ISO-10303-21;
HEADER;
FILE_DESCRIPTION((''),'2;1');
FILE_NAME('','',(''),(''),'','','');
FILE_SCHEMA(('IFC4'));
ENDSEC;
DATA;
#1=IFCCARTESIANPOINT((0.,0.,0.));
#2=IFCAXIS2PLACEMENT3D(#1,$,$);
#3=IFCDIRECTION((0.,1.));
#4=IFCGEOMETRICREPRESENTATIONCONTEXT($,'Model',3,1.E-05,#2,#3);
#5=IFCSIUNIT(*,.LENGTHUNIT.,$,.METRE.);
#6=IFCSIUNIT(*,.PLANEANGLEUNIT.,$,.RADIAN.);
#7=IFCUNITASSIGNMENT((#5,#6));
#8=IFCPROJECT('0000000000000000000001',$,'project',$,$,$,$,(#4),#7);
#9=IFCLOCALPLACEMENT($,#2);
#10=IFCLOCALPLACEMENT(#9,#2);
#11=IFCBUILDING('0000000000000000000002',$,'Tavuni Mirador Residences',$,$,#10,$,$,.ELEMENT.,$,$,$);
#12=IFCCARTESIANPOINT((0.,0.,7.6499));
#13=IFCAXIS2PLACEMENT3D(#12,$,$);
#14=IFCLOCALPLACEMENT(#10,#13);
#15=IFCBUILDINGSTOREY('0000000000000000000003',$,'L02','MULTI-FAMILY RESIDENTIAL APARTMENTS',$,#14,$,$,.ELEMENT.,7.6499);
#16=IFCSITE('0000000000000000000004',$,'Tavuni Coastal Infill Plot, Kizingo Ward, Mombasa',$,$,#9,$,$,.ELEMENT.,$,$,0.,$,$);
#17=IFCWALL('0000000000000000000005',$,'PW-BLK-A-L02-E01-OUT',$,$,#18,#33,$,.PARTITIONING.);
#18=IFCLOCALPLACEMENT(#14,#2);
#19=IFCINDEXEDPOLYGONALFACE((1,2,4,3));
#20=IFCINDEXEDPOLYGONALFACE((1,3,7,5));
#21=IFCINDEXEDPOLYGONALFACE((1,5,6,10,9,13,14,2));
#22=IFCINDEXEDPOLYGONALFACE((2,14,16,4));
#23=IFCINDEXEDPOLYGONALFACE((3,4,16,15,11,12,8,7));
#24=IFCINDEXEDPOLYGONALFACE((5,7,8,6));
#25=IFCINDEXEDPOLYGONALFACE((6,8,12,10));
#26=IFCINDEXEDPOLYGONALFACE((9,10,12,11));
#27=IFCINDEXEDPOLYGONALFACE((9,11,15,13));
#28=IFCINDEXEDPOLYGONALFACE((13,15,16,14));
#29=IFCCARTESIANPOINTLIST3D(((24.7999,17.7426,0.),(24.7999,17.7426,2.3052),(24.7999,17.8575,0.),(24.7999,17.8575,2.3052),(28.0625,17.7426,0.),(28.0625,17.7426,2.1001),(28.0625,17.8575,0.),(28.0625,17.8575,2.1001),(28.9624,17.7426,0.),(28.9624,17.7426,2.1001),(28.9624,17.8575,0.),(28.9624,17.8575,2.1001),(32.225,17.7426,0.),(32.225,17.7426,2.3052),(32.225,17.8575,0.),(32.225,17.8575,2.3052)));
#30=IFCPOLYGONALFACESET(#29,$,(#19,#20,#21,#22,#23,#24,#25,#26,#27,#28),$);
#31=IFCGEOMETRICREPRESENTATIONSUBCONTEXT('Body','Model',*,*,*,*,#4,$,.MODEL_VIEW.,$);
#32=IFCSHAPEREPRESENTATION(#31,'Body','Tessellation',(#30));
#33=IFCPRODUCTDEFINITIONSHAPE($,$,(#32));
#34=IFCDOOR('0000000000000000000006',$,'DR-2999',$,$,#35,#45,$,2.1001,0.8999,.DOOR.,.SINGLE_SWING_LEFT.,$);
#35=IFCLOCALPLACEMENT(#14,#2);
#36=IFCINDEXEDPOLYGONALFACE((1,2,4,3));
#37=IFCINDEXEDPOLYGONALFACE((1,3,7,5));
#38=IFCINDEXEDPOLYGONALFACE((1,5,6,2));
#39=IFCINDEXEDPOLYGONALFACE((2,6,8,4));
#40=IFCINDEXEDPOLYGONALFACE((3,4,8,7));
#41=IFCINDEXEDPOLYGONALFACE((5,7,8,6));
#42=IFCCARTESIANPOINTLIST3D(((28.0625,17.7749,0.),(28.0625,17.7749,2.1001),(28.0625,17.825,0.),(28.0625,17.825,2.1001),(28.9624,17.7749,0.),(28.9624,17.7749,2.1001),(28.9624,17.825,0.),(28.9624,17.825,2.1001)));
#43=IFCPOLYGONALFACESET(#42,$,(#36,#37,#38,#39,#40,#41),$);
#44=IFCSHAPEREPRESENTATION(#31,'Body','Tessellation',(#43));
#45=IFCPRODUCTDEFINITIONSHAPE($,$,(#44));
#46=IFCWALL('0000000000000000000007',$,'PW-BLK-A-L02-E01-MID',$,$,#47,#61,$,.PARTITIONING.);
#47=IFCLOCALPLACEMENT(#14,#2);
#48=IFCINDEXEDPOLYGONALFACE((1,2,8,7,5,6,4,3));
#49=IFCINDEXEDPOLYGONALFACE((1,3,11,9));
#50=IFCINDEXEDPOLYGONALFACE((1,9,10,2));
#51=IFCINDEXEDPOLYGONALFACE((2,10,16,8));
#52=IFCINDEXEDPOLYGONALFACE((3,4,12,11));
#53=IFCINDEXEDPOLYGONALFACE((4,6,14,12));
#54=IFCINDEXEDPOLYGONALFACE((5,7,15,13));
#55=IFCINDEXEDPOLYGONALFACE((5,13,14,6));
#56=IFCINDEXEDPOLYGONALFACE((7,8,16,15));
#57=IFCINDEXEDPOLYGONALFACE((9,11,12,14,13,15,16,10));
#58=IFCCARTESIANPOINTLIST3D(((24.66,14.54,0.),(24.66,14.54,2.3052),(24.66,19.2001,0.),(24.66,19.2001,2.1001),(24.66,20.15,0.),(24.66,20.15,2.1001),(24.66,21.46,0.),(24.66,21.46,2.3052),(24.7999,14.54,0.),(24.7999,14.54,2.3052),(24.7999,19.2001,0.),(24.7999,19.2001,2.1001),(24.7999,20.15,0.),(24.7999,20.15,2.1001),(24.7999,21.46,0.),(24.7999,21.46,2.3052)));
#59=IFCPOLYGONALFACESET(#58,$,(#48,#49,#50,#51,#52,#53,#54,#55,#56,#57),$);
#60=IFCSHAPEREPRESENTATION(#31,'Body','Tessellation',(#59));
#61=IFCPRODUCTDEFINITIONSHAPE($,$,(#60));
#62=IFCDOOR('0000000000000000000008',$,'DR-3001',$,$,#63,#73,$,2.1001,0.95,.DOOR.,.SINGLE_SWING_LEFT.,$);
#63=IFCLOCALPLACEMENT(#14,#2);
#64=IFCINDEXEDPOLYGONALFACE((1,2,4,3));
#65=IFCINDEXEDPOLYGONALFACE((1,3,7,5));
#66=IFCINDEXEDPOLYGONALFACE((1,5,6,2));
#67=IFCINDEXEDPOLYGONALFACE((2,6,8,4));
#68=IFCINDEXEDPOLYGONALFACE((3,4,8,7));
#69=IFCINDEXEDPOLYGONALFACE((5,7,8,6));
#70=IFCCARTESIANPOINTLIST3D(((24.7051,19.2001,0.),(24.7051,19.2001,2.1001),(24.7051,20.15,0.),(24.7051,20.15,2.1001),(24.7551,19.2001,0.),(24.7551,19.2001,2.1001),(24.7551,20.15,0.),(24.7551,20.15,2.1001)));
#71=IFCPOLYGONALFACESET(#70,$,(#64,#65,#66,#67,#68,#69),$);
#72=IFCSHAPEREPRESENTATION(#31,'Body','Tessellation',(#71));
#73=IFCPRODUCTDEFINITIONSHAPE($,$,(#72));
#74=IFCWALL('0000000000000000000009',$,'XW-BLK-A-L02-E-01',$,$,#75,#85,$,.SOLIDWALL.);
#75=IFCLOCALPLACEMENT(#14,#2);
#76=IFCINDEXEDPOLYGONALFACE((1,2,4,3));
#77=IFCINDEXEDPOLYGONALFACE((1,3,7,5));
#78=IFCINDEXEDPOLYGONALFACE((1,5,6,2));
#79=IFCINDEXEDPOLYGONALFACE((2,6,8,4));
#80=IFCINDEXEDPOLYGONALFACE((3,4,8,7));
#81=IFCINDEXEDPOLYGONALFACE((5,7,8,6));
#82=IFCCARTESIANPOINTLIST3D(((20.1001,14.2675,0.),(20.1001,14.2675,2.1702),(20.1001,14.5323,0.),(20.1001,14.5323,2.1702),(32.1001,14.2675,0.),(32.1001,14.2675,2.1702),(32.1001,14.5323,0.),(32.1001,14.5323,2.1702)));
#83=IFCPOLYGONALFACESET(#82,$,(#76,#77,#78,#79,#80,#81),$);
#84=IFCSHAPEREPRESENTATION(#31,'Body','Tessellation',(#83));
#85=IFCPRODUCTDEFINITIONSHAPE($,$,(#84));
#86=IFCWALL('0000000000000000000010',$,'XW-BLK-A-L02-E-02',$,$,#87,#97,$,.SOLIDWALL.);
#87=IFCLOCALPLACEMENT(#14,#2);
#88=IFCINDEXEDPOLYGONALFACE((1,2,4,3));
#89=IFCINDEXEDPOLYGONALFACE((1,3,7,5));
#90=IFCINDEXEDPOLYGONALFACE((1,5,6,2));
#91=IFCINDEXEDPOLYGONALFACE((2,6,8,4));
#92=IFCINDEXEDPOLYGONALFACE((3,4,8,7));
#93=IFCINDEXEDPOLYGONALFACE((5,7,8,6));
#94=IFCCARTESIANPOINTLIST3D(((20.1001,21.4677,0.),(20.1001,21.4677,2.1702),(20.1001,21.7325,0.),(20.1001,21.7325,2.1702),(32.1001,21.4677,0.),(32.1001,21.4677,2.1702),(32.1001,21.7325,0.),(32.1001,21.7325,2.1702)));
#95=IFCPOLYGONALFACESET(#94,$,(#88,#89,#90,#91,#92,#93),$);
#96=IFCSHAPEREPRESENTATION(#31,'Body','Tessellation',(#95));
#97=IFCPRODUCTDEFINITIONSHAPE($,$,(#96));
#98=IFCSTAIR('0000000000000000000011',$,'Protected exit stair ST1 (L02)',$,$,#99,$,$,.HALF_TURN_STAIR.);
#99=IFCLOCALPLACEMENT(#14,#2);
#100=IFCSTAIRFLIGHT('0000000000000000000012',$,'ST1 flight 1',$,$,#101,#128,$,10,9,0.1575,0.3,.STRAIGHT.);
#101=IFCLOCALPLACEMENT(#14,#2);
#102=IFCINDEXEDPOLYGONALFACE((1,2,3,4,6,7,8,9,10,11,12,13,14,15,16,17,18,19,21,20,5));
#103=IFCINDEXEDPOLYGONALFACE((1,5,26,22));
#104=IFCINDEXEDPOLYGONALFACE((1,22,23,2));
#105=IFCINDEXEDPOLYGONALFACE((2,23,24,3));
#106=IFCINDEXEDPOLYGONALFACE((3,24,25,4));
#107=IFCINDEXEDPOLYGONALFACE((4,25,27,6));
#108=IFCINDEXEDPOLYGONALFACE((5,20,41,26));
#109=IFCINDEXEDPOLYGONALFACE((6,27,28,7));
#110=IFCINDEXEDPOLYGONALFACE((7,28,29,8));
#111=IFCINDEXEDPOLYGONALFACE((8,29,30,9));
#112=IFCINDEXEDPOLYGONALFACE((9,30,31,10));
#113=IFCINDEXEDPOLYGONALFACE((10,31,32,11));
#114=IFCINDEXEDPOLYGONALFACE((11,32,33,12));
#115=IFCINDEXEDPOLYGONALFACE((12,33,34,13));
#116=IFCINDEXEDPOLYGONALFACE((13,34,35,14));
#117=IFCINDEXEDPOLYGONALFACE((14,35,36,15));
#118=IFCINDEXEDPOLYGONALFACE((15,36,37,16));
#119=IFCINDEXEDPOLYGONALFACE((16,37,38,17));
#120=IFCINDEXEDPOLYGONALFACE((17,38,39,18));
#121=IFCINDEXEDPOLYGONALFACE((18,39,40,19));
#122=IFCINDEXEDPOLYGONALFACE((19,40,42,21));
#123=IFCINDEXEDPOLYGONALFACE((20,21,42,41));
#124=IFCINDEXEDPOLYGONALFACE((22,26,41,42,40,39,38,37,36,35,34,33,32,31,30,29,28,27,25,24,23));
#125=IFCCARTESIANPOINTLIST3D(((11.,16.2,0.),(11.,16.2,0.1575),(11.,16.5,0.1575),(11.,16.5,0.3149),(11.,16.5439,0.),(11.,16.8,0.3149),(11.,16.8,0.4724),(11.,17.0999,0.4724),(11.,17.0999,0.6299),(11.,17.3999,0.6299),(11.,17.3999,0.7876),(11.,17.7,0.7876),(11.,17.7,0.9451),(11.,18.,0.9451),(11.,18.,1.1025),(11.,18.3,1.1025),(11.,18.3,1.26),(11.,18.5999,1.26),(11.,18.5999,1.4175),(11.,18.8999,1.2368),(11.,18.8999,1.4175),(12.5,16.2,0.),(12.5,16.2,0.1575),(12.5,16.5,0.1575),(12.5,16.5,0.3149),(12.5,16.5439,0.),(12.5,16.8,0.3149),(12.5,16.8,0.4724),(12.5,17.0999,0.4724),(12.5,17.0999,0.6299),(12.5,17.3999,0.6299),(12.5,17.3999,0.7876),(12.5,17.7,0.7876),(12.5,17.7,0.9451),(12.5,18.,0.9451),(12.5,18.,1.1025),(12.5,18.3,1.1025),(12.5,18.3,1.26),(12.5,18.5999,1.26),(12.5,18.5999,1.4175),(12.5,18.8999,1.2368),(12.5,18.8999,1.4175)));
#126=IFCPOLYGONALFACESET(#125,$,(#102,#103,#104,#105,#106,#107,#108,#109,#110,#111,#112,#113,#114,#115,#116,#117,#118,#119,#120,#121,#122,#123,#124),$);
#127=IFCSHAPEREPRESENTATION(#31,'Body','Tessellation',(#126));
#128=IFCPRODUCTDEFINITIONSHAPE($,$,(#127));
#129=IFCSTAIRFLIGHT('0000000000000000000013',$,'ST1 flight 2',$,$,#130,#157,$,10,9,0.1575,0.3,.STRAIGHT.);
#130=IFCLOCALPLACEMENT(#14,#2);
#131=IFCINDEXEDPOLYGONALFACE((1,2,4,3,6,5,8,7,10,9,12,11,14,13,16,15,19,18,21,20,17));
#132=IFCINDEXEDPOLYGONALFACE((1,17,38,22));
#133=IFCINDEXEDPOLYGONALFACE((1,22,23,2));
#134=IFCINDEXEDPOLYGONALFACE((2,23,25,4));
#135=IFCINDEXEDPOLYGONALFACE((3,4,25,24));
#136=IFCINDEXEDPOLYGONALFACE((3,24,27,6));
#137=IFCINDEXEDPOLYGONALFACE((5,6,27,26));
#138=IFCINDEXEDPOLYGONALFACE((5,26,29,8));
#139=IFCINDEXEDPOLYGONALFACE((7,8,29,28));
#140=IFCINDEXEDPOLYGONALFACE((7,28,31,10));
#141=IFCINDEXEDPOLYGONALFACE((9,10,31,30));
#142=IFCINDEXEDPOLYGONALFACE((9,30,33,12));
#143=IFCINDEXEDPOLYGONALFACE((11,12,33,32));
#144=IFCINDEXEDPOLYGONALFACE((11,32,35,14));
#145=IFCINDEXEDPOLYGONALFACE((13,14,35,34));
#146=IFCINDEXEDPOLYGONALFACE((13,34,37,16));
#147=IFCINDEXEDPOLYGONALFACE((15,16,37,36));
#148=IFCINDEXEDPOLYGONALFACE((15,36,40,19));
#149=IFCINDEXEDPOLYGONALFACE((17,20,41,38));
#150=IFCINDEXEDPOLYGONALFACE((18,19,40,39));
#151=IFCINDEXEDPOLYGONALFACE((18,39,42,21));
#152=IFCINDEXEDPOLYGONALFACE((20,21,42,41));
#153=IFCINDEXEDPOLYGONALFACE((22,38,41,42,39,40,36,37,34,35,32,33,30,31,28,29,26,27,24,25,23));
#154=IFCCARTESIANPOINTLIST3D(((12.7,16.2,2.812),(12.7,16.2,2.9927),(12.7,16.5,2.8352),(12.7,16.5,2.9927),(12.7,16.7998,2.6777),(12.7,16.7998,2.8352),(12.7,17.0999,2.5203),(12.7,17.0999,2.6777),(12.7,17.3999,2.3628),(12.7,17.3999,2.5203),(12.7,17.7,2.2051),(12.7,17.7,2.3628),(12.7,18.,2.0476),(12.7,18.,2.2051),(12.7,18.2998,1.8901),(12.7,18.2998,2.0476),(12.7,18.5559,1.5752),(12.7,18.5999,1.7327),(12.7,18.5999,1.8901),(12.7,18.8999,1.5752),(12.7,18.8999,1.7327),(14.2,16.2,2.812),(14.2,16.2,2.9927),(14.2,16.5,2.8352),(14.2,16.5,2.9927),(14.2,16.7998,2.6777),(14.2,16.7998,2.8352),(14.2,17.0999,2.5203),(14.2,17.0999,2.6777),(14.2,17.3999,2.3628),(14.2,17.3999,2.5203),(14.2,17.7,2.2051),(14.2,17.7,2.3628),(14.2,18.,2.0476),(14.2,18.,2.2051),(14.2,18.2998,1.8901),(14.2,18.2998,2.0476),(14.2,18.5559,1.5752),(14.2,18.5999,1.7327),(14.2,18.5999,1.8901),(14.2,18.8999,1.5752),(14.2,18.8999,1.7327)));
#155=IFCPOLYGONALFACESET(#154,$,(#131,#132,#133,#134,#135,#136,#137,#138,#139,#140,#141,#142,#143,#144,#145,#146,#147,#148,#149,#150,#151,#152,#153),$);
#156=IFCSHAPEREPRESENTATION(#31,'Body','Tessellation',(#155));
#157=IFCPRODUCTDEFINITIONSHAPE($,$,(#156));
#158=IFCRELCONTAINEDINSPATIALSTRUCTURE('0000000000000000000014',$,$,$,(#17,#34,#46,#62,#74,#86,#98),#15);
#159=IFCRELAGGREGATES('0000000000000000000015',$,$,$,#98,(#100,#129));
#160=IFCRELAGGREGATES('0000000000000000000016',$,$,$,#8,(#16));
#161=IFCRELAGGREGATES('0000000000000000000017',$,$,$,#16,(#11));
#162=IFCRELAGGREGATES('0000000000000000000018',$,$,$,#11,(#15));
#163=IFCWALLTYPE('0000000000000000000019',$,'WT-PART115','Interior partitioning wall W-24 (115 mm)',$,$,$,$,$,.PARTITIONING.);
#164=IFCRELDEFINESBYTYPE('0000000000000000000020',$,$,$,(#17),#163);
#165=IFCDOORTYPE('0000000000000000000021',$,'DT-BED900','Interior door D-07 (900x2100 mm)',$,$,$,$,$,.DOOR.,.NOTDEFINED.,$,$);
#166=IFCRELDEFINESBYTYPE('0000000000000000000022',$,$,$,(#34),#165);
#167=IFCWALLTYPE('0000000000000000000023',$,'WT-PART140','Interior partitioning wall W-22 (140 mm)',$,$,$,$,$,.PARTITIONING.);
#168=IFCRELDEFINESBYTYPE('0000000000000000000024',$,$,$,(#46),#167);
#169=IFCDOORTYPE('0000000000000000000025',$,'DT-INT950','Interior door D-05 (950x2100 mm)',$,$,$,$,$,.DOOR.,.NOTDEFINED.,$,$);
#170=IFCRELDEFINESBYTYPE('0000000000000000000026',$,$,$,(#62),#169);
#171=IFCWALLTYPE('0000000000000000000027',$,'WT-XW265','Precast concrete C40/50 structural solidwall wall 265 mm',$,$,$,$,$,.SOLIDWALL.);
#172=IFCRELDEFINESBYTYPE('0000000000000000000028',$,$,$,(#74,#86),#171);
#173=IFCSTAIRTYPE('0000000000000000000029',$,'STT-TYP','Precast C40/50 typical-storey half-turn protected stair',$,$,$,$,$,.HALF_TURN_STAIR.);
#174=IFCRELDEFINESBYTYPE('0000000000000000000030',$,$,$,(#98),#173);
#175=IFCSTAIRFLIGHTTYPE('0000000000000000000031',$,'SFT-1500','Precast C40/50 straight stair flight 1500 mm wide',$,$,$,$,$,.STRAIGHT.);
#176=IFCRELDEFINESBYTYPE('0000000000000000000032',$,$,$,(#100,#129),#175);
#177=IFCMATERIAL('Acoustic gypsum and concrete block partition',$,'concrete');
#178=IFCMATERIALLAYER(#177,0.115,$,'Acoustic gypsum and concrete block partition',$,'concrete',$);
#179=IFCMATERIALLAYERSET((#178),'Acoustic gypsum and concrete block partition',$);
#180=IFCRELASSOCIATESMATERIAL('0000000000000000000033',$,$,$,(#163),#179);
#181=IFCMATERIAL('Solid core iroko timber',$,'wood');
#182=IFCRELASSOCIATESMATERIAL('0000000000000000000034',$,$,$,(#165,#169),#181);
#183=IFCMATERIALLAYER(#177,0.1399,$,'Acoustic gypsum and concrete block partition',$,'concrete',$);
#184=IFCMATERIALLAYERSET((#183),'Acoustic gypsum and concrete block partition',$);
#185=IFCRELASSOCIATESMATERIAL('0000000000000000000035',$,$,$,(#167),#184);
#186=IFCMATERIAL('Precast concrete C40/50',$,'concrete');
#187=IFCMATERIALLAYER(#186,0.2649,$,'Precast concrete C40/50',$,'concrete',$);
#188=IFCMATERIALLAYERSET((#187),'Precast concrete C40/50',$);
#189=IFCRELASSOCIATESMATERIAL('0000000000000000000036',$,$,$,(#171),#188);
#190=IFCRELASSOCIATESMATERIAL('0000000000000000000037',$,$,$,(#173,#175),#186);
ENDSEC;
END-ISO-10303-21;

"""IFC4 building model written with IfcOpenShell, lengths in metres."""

from ifc_helpers import new_model, si_unit, direction, frame, frame_2d, origin, place, context, subcontext, project, spatial, polyline, rectangle, outline, extrude, material, layer, layer_set, type_object, element, fill, aggregate, save


model = new_model("IFC4")

# Units and contexts
model_context = context("Model", 3, precision=1e-05, world=origin(), true_north=direction((0.0, 1.0)))
body_context = subcontext(model_context, "Body", "Model", "MODEL_VIEW")
ifc_project = project(units=[si_unit("LENGTHUNIT", "METRE"), si_unit("PLANEANGLEUNIT", "RADIAN")], contexts=[model_context])

# Site, building, storey
site_placement = place(None, origin())
site = spatial("IfcSite", under=ifc_project, at=site_placement, Name="Tavuni Coastal Infill Plot, Kizingo Ward, Mombasa", CompositionType="ELEMENT", RefElevation=0.0)
building_placement = place(site_placement, origin())
building = spatial("IfcBuilding", under=site, at=building_placement, Name="Tavuni Mirador Residences", CompositionType="ELEMENT")
storey_placement = place(building_placement, frame((0.0, 0.0, 7.6499)))
storey = spatial("IfcBuildingStorey", under=building, at=storey_placement, Name="L02", Description="MULTI-FAMILY RESIDENTIAL APARTMENTS", CompositionType="ELEMENT", Elevation=7.6499)

# Shared definitions
ifc_material_1 = material(Name="Precast concrete C40/50", Category="concrete")

# Walls, openings, doors
ifc_material_2 = material(Name="Solid core iroko timber", Category="wood")
ifc_material_3 = material(Name="Acoustic gypsum and concrete block partition", Category="concrete")
ifc_layer_1 = layer(ifc_material_3, 0.115, Name="Acoustic gypsum and concrete block partition", Category="concrete")
ifc_layer_set_1 = layer_set([ifc_layer_1], Name="Acoustic gypsum and concrete block partition")
wall_type_1 = type_object("IfcWallType", Name="WT-PART115", Description="Interior partitioning wall W-24 (115 mm)", PredefinedType="PARTITIONING", material=ifc_layer_set_1)
wall_1_placement = place(storey_placement, frame((24.8, 17.8, 0.0), z_axis=(0.0, 0.0, 1.0), x_axis=(1.0, 0.0, 0.0)))
wall_1 = element("IfcWall", 1, at=wall_1_placement, inside=storey, type_object=wall_type_1, Name="PW-BLK-A-L02-E01-OUT", PredefinedType="PARTITIONING", context=body_context, shape_type="SweptSolid", body=[
    extrude(rectangle(XDim=7.425, YDim=0.115, at=frame_2d((3.7124, 0.0))), origin(), (0.0, 0.0, 1.0), 2.3052),
])
opening_1_placement = place(wall_1_placement, frame((3.2625, 0.0, 0.0)))
opening_1 = element("IfcOpeningElement", 2, at=opening_1_placement, cuts=wall_1, PredefinedType="OPENING", context=body_context, shape_type="SweptSolid", body=[
    extrude(rectangle(XDim=0.8999, YDim=2.1001, at=frame_2d((0.45, 1.05))), frame((0.0, 0.0674, 0.0), z_axis=(0.0, -1.0, 0.0), x_axis=(1.0, 0.0, 0.0)), (0.0, 0.0, 1.0), 0.135),
])
door_type_1 = type_object("IfcDoorType", Name="DT-BED900", Description="Interior door D-07 (900x2100 mm)", OperationType="NOTDEFINED", PredefinedType="DOOR", material=ifc_material_2)
door_1_placement = place(opening_1_placement, origin())
door_1 = element("IfcDoor", 3, at=door_1_placement, inside=storey, type_object=door_type_1, Name="DR-2999", OperationType="SINGLE_SWING_LEFT", OverallHeight=2.1001, OverallWidth=0.8999, PredefinedType="DOOR", context=body_context, shape_type="SweptSolid", body=[
    extrude(rectangle(XDim=0.8999, YDim=2.1001, at=frame_2d((0.45, 1.05))), frame((0.0, 0.0249, 0.0), z_axis=(0.0, -1.0, 0.0), x_axis=(1.0, 0.0, 0.0)), (0.0, 0.0, 1.0), 0.05),
])
fill(opening_1, door_1)
ifc_layer_2 = layer(ifc_material_3, 0.1399, Name="Acoustic gypsum and concrete block partition", Category="concrete")
ifc_layer_set_2 = layer_set([ifc_layer_2], Name="Acoustic gypsum and concrete block partition")
wall_type_2 = type_object("IfcWallType", Name="WT-PART140", Description="Interior partitioning wall W-22 (140 mm)", PredefinedType="PARTITIONING", material=ifc_layer_set_2)
wall_2_placement = place(storey_placement, frame((24.73, 14.54, 0.0), z_axis=(0.0, 0.0, 1.0), x_axis=(0.0, 1.0, 0.0)))
wall_2 = element("IfcWall", 4, at=wall_2_placement, inside=storey, type_object=wall_type_2, Name="PW-BLK-A-L02-E01-MID", PredefinedType="PARTITIONING", context=body_context, shape_type="SweptSolid", body=[
    extrude(rectangle(XDim=6.9199, YDim=0.1399, at=frame_2d((3.46, 0.0))), origin(), (0.0, 0.0, 1.0), 2.3052),
])
opening_2_placement = place(wall_2_placement, frame((4.6599, 0.0, 0.0)))
opening_2 = element("IfcOpeningElement", 5, at=opening_2_placement, cuts=wall_2, PredefinedType="OPENING", context=body_context, shape_type="SweptSolid", body=[
    extrude(rectangle(XDim=0.95, YDim=2.1001, at=frame_2d((0.4751, 1.05))), frame((0.0, 0.0801, 0.0), z_axis=(0.0, -1.0, 0.0), x_axis=(1.0, 0.0, 0.0)), (0.0, 0.0, 1.0), 0.1599),
])
door_type_2 = type_object("IfcDoorType", Name="DT-INT950", Description="Interior door D-05 (950x2100 mm)", OperationType="NOTDEFINED", PredefinedType="DOOR", material=ifc_material_2)
door_2_placement = place(opening_2_placement, origin())
door_2 = element("IfcDoor", 6, at=door_2_placement, inside=storey, type_object=door_type_2, Name="DR-3001", OperationType="SINGLE_SWING_LEFT", OverallHeight=2.1001, OverallWidth=0.95, PredefinedType="DOOR", context=body_context, shape_type="SweptSolid", body=[
    extrude(rectangle(XDim=0.95, YDim=2.1001, at=frame_2d((0.4751, 1.05))), frame((0.0, 0.0249, 0.0), z_axis=(0.0, -1.0, 0.0), x_axis=(1.0, 0.0, 0.0)), (0.0, 0.0, 1.0), 0.05),
])
fill(opening_2, door_2)

# Walls
ifc_layer_3 = layer(ifc_material_1, 0.2649, Name="Precast concrete C40/50", Category="concrete")
ifc_layer_set_3 = layer_set([ifc_layer_3], Name="Precast concrete C40/50")
wall_type_3 = type_object("IfcWallType", Name="WT-XW265", Description="Precast concrete C40/50 structural solidwall wall 265 mm", PredefinedType="SOLIDWALL", material=ifc_layer_set_3)
for number, where, z_axis, x_axis, name in (
    (7, (20.1001, 14.3999, 0.0), (0.0, 0.0, 1.0), (1.0, 0.0, 0.0), "XW-BLK-A-L02-E-01"),
    (8, (20.1001, 21.6001, 0.0), (0.0, 0.0, 1.0), (1.0, 0.0, 0.0), "XW-BLK-A-L02-E-02"),
):
    element("IfcWall", number, at=place(storey_placement, frame(where, z_axis=z_axis, x_axis=x_axis)), inside=storey, type_object=wall_type_3, Name=name, PredefinedType="SOLIDWALL", context=body_context, shape_type="SweptSolid", body=[
        extrude(rectangle(XDim=12.0, YDim=0.2649, at=frame_2d((6.0, 0.0))), origin(), (0.0, 0.0, 1.0), 2.1702),
    ])

# Stair, stair flights
stair_type = type_object("IfcStairType", Name="STT-TYP", Description="Precast C40/50 typical-storey half-turn protected stair", PredefinedType="HALF_TURN_STAIR", material=ifc_material_1)
stair_placement = place(storey_placement, origin())
stair = element("IfcStair", 9, at=stair_placement, inside=storey, type_object=stair_type, Name="Protected exit stair ST1 (L02)", PredefinedType="HALF_TURN_STAIR")
stair_flight_type = type_object("IfcStairFlightType", Name="SFT-1500", Description="Precast C40/50 straight stair flight 1500 mm wide", PredefinedType="STRAIGHT", material=ifc_material_1)
stair_flight_1_placement = place(storey_placement, frame((11.75, 16.2, 0.0), z_axis=(0.0, 0.0, 1.0), x_axis=(0.0, 1.0, 0.0)))
stair_flight_1 = element("IfcStairFlight", 10, at=stair_flight_1_placement, type_object=stair_flight_type, Name="ST1 flight 1", NumberOfRisers=10, NumberOfTreads=9, PredefinedType="STRAIGHT", RiserHeight=0.1575, TreadLength=0.3, context=body_context, shape_type="SweptSolid", body=[
    extrude(outline(polyline([(0.0, 0.0), (0.0, 0.1575), (0.3, 0.1575), (0.3, 0.3149), (0.6001, 0.3149), (0.6001, 0.4724), (0.8999, 0.4724), (0.8999, 0.6299), (1.2, 0.6299), (1.2, 0.7876), (1.5, 0.7876), (1.5, 0.9451), (1.8, 0.9451), (1.8, 1.1025), (2.1001, 1.1025), (2.1001, 1.26), (2.3999, 1.26), (2.3999, 1.4175), (2.7, 1.4175), (2.7, 1.575), (2.7, 1.2368), (0.344, 0.0), (0.0, 0.0)])), frame((0.0, 0.75, 0.0), z_axis=(0.0, -1.0, 0.0), x_axis=(1.0, 0.0, 0.0)), (0.0, 0.0, 1.0), 1.5),
])
stair_flight_2_placement = place(storey_placement, frame((13.45, 18.8999, 1.5752), z_axis=(0.0, 0.0, 1.0), x_axis=(0.0, -1.0, 0.0)))
stair_flight_2 = element("IfcStairFlight", 11, at=stair_flight_2_placement, type_object=stair_flight_type, Name="ST1 flight 2", NumberOfRisers=10, NumberOfTreads=9, PredefinedType="STRAIGHT", RiserHeight=0.1575, TreadLength=0.3, context=body_context, shape_type="SweptSolid", body=[
    extrude(outline(polyline([(0.0, 0.0), (0.0, 0.1575), (0.3, 0.1575), (0.3, 0.3149), (0.6001, 0.3149), (0.6001, 0.4724), (0.8999, 0.4724), (0.8999, 0.6299), (1.2, 0.6299), (1.2, 0.7876), (1.5, 0.7876), (1.5, 0.9451), (1.8, 0.9451), (1.8, 1.1025), (2.1001, 1.1025), (2.1001, 1.26), (2.3999, 1.26), (2.3999, 1.4175), (2.7, 1.4175), (2.7, 1.575), (2.7, 1.2368), (0.344, 0.0), (0.0, 0.0)])), frame((0.0, 0.75, 0.0), z_axis=(0.0, -1.0, 0.0), x_axis=(1.0, 0.0, 0.0)), (0.0, 0.0, 1.0), 1.5),
])
aggregate(stair, [stair_flight_1, stair_flight_2])

save(model, "model.ifc")
